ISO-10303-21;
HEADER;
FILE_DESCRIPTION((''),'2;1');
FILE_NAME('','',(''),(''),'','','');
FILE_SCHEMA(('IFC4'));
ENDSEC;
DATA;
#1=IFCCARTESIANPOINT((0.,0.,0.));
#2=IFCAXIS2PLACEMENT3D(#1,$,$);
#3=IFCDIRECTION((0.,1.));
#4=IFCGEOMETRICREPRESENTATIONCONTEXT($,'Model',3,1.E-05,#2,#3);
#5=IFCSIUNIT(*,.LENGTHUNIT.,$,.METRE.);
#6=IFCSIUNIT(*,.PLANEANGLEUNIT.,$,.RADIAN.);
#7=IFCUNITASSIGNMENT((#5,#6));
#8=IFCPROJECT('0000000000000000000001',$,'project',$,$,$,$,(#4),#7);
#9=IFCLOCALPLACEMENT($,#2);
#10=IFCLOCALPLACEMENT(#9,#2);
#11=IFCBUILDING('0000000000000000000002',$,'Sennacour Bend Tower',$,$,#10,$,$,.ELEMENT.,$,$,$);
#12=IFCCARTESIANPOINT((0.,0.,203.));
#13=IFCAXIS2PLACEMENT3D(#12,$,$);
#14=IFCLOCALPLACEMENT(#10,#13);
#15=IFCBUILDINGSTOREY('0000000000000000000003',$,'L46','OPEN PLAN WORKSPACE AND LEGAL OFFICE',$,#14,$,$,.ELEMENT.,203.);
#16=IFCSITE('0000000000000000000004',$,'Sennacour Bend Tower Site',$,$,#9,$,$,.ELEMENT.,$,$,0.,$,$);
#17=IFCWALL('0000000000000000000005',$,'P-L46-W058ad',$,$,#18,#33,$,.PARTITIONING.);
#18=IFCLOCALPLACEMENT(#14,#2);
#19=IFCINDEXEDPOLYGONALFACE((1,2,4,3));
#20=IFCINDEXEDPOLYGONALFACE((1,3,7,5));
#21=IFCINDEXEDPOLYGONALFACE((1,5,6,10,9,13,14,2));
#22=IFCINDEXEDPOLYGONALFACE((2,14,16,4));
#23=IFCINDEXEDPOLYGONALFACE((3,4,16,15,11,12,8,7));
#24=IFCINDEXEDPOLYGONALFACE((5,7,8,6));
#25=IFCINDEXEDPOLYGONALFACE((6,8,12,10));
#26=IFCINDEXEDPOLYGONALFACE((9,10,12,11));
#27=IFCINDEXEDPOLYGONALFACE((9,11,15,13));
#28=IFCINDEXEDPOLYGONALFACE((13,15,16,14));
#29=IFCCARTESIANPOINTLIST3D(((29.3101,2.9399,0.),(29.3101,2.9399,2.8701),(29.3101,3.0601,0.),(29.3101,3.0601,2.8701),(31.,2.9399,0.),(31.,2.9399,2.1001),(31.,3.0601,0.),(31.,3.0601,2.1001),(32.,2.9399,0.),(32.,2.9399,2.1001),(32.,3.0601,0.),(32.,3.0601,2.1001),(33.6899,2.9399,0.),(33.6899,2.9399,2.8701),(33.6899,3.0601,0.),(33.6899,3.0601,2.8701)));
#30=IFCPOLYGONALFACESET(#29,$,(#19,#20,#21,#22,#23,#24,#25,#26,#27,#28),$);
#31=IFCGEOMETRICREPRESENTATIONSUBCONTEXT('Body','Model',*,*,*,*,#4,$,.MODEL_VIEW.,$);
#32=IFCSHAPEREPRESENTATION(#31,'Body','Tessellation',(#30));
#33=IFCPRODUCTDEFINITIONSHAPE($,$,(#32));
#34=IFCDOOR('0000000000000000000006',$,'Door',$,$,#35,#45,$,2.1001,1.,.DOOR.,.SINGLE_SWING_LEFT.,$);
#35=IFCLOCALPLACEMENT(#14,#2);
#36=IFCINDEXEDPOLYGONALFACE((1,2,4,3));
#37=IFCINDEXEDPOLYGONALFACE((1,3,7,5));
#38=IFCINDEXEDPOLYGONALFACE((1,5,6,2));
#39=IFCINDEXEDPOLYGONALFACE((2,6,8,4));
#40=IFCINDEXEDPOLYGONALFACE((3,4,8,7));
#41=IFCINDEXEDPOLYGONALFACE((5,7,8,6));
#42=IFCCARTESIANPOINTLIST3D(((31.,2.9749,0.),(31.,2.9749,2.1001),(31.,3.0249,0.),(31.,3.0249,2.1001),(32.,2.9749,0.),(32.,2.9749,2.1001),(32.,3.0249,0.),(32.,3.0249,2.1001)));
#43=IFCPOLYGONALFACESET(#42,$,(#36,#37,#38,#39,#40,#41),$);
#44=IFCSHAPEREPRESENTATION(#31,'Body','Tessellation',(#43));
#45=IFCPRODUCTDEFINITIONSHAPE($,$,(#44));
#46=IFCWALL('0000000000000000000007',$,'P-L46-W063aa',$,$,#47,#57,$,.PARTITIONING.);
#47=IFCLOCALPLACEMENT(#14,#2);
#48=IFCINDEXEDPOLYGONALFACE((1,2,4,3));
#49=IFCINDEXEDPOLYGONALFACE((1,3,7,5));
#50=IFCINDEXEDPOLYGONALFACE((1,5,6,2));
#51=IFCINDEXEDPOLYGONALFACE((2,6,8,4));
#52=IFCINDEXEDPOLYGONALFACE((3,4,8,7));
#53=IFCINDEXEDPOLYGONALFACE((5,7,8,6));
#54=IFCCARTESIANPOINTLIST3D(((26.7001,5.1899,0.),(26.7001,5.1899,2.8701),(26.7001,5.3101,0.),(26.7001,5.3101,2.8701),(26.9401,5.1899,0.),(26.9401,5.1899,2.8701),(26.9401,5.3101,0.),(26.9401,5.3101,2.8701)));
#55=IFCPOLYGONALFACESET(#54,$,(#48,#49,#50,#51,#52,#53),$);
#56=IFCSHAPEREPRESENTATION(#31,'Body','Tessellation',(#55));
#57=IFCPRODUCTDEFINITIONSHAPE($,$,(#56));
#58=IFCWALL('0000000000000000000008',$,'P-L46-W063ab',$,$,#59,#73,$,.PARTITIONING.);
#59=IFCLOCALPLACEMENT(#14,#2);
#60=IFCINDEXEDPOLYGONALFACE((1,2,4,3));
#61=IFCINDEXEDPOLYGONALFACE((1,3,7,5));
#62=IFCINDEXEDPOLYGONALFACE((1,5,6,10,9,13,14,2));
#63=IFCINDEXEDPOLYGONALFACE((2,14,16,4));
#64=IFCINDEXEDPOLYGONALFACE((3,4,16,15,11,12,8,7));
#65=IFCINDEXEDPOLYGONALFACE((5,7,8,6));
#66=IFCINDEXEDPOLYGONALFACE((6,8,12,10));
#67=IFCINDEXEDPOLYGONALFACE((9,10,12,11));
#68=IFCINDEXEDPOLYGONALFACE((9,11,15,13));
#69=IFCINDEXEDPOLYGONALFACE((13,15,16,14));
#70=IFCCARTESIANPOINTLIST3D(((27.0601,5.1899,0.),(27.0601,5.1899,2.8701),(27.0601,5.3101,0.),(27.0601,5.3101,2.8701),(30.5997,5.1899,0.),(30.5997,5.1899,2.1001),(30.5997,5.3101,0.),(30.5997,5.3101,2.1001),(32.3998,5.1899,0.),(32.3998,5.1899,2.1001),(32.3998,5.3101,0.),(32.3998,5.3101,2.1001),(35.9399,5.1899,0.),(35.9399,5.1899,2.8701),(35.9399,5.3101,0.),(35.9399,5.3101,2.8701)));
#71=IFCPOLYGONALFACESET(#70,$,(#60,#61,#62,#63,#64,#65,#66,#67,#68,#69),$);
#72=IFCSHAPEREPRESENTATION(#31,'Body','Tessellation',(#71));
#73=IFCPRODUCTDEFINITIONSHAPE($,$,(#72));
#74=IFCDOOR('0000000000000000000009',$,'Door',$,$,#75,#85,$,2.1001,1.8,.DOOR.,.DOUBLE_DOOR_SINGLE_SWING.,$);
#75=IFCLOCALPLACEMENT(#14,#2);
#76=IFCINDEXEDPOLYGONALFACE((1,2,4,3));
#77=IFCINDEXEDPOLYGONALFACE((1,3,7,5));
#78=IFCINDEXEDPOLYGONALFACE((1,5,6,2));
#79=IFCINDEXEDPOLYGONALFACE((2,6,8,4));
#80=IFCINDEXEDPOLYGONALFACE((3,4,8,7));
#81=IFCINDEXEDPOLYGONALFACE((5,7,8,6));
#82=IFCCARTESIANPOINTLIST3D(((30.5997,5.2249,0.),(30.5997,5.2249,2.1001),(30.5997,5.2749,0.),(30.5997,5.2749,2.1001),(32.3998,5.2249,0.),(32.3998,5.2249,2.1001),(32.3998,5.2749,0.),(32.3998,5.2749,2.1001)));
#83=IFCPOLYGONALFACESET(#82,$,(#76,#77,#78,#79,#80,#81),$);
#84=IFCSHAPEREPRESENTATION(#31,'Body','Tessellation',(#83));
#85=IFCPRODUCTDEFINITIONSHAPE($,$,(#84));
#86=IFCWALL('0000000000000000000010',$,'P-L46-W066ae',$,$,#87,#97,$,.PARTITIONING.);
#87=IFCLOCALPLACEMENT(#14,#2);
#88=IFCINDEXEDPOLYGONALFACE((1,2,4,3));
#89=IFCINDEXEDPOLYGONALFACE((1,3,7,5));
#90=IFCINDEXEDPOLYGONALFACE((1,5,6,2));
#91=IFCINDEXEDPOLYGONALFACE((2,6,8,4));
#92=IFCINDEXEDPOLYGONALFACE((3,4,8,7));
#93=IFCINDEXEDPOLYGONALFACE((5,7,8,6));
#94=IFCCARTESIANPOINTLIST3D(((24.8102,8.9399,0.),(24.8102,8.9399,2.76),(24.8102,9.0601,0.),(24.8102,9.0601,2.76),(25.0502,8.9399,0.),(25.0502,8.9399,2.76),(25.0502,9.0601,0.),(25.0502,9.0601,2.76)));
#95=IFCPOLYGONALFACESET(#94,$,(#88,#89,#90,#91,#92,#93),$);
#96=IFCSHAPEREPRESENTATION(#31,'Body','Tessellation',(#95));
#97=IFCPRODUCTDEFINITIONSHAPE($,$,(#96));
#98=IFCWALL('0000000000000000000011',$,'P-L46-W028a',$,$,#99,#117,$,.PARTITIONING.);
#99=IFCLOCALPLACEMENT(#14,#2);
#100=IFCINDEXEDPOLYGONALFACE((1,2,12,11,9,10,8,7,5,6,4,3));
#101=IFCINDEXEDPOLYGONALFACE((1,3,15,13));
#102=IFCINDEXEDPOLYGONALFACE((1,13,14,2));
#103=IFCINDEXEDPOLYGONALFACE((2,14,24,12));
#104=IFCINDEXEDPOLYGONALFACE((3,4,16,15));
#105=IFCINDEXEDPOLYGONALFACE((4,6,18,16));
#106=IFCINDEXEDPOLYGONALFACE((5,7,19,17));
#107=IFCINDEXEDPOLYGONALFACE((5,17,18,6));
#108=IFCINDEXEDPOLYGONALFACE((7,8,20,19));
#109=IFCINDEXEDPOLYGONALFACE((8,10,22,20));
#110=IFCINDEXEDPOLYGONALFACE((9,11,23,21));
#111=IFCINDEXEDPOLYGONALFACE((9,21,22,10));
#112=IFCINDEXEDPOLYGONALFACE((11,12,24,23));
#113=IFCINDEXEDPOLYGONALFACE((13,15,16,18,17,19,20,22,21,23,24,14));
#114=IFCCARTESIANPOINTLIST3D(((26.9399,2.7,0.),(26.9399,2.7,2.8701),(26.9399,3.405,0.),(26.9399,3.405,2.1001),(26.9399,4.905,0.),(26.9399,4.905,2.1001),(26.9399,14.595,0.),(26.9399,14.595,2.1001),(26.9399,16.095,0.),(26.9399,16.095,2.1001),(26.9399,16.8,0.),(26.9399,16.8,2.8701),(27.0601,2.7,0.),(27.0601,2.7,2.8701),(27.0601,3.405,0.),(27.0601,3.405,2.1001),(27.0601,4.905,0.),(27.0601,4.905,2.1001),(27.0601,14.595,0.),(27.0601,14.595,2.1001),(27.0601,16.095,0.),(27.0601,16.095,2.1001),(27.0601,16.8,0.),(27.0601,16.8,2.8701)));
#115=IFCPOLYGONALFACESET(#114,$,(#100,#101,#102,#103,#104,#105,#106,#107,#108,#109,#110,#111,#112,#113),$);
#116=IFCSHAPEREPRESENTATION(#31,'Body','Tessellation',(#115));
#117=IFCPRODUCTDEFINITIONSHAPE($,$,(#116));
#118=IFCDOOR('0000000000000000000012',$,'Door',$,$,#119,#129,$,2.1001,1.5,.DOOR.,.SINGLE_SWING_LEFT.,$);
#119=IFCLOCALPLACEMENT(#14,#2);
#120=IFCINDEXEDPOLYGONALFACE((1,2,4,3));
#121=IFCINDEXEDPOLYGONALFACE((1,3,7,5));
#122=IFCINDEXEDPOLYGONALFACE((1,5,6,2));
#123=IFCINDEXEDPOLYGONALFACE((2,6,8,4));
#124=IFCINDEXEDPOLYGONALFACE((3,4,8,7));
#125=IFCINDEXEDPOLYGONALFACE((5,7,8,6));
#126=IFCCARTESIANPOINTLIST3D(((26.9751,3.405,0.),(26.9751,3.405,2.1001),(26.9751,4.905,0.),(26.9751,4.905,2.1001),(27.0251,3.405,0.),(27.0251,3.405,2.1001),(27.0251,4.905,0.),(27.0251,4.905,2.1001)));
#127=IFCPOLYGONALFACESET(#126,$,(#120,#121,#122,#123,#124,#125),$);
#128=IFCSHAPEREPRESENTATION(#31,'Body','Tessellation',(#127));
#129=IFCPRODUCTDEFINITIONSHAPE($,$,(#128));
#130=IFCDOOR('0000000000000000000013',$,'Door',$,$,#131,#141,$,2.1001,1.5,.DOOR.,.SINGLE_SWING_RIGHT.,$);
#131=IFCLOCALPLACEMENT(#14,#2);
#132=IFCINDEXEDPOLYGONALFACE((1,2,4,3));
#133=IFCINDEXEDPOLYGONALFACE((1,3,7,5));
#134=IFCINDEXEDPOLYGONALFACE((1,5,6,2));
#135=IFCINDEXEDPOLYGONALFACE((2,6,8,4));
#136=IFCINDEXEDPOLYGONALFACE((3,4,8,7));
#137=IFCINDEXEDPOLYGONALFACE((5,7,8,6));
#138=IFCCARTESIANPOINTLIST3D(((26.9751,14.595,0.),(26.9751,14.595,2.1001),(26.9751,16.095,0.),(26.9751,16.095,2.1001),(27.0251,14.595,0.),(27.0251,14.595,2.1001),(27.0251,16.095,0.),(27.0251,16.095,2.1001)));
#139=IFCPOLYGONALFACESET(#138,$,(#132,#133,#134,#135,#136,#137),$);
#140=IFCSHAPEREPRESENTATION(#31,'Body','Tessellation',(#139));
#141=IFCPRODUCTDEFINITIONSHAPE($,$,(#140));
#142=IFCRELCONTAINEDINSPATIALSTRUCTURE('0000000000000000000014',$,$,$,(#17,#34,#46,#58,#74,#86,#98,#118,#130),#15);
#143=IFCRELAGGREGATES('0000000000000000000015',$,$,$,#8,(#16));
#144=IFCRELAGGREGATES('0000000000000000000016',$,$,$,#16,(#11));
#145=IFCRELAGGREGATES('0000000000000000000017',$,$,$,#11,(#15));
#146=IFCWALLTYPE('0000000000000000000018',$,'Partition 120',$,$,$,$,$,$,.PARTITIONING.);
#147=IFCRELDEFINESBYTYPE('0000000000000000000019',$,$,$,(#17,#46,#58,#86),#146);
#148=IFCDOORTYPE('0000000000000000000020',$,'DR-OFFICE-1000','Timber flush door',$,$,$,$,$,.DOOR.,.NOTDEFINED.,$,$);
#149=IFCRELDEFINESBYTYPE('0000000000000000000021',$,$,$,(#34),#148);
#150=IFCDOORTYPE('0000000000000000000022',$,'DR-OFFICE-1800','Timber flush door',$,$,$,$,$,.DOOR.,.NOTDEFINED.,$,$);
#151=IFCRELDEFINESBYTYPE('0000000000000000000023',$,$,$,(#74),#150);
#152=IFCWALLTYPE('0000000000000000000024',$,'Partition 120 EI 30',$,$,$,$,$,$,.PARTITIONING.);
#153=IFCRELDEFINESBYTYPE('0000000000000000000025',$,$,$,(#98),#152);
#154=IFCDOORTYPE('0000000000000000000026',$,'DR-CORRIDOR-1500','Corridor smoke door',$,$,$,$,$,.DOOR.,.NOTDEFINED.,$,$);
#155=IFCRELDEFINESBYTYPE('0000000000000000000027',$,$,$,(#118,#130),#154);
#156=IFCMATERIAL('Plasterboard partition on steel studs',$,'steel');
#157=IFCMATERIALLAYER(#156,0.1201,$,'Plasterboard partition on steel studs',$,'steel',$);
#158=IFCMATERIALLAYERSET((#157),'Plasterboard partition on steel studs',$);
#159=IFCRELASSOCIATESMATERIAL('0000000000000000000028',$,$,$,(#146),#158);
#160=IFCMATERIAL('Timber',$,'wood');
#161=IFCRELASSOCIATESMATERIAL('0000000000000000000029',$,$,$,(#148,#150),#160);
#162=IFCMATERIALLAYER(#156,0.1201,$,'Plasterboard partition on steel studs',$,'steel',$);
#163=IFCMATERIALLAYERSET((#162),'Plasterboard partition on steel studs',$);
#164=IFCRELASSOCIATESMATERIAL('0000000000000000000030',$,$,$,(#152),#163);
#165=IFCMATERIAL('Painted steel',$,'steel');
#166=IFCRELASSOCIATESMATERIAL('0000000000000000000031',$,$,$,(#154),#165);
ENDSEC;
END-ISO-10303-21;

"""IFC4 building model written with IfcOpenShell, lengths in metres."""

from ifc_helpers import new_model, si_unit, direction, frame, frame_2d, origin, place, context, subcontext, project, spatial, rectangle, extrude, material, layer, layer_set, type_object, element, fill, save


model = new_model("IFC4")

# Units and contexts
model_context = context("Model", 3, precision=1e-05, world=origin(), true_north=direction((0.0, 1.0)))
body_context = subcontext(model_context, "Body", "Model", "MODEL_VIEW")
ifc_project = project(units=[si_unit("LENGTHUNIT", "METRE"), si_unit("PLANEANGLEUNIT", "RADIAN")], contexts=[model_context])

# Site, building, storey
site_placement = place(None, origin())
site = spatial("IfcSite", under=ifc_project, at=site_placement, Name="Sennacour Bend Tower Site", CompositionType="ELEMENT", RefElevation=0.0)
building_placement = place(site_placement, origin())
building = spatial("IfcBuilding", under=site, at=building_placement, Name="Sennacour Bend Tower", CompositionType="ELEMENT")
storey_placement = place(building_placement, frame((0.0, 0.0, 203.0)))
storey = spatial("IfcBuildingStorey", under=building, at=storey_placement, Name="L46", Description="OPEN PLAN WORKSPACE AND LEGAL OFFICE", CompositionType="ELEMENT", Elevation=203.0)

# Shared definitions
ifc_material_1 = material(Name="Plasterboard partition on steel studs", Category="steel")
ifc_layer_1 = layer(ifc_material_1, 0.1201, Name="Plasterboard partition on steel studs", Category="steel")
ifc_layer_set_1 = layer_set([ifc_layer_1], Name="Plasterboard partition on steel studs")
wall_type_1 = type_object("IfcWallType", Name="Partition 120", PredefinedType="PARTITIONING", material=ifc_layer_set_1)

# Wall, opening, door
ifc_material_2 = material(Name="Timber", Category="wood")
door_type_1 = type_object("IfcDoorType", Name="DR-OFFICE-1000", Description="Timber flush door", OperationType="NOTDEFINED", PredefinedType="DOOR", material=ifc_material_2)
wall_1_placement = place(storey_placement, frame((29.3101, 3.0, 0.0), z_axis=(0.0, 0.0, 1.0), x_axis=(1.0, 0.0, 0.0)))
wall_1 = element("IfcWall", 1, at=wall_1_placement, inside=storey, type_object=wall_type_1, Name="P-L46-W058ad", PredefinedType="PARTITIONING", context=body_context, shape_type="SweptSolid", body=[
    extrude(rectangle(XDim=4.3799, YDim=0.1201, at=frame_2d((2.1899, 0.0))), origin(), (0.0, 0.0, 1.0), 2.8701),
])
opening_1_placement = place(wall_1_placement, frame((1.6899, 0.0, 0.0)))
opening_1 = element("IfcOpeningElement", 2, at=opening_1_placement, cuts=wall_1, PredefinedType="OPENING", context=body_context, shape_type="SweptSolid", body=[
    extrude(rectangle(XDim=1.0, YDim=2.1001, at=frame_2d((0.5, 1.05))), frame((0.0, 0.0701, 0.0), z_axis=(0.0, -1.0, 0.0), x_axis=(1.0, 0.0, 0.0)), (0.0, 0.0, 1.0), 0.1401),
])
door_1_placement = place(opening_1_placement, origin())
door_1 = element("IfcDoor", 3, at=door_1_placement, inside=storey, type_object=door_type_1, Name="Door", OperationType="SINGLE_SWING_LEFT", OverallHeight=2.1001, OverallWidth=1.0, PredefinedType="DOOR", context=body_context, shape_type="SweptSolid", body=[
    extrude(rectangle(XDim=1.0, YDim=2.1001, at=frame_2d((0.5, 1.05))), frame((0.0, 0.0249, 0.0), z_axis=(0.0, -1.0, 0.0), x_axis=(1.0, 0.0, 0.0)), (0.0, 0.0, 1.0), 0.05),
])
fill(opening_1, door_1)

# Wall
wall_2_placement = place(storey_placement, frame((26.7, 5.25, 0.0), z_axis=(0.0, 0.0, 1.0), x_axis=(1.0, 0.0, 0.0)))
element("IfcWall", 4, at=wall_2_placement, inside=storey, type_object=wall_type_1, Name="P-L46-W063aa", PredefinedType="PARTITIONING", context=body_context, shape_type="SweptSolid", body=[
    extrude(rectangle(XDim=0.24, YDim=0.1201, at=frame_2d((0.1201, 0.0))), origin(), (0.0, 0.0, 1.0), 2.8701),
])

# Wall, opening, door
wall_3_placement = place(storey_placement, frame((27.0601, 5.25, 0.0), z_axis=(0.0, 0.0, 1.0), x_axis=(1.0, 0.0, 0.0)))
wall_3 = element("IfcWall", 5, at=wall_3_placement, inside=storey, type_object=wall_type_1, Name="P-L46-W063ab", PredefinedType="PARTITIONING", context=body_context, shape_type="SweptSolid", body=[
    extrude(rectangle(XDim=8.8799, YDim=0.1201, at=frame_2d((4.4399, 0.0))), origin(), (0.0, 0.0, 1.0), 2.8701),
])
opening_2_placement = place(wall_3_placement, frame((3.5398, 0.0, 0.0)))
opening_2 = element("IfcOpeningElement", 6, at=opening_2_placement, cuts=wall_3, PredefinedType="OPENING", context=body_context, shape_type="SweptSolid", body=[
    extrude(rectangle(XDim=1.8, YDim=2.1001, at=frame_2d((0.8999, 1.05))), frame((0.0, 0.0701, 0.0), z_axis=(0.0, -1.0, 0.0), x_axis=(1.0, 0.0, 0.0)), (0.0, 0.0, 1.0), 0.1401),
])
door_type_2 = type_object("IfcDoorType", Name="DR-OFFICE-1800", Description="Timber flush door", OperationType="NOTDEFINED", PredefinedType="DOOR", material=ifc_material_2)
door_2_placement = place(opening_2_placement, origin())
door_2 = element("IfcDoor", 7, at=door_2_placement, inside=storey, type_object=door_type_2, Name="Door", OperationType="DOUBLE_DOOR_SINGLE_SWING", OverallHeight=2.1001, OverallWidth=1.8, PredefinedType="DOOR", context=body_context, shape_type="SweptSolid", body=[
    extrude(rectangle(XDim=1.8, YDim=2.1001, at=frame_2d((0.8999, 1.05))), frame((0.0, 0.0249, 0.0), z_axis=(0.0, -1.0, 0.0), x_axis=(1.0, 0.0, 0.0)), (0.0, 0.0, 1.0), 0.05),
])
fill(opening_2, door_2)

# Wall
wall_4_placement = place(storey_placement, frame((24.8101, 9.0, 0.0), z_axis=(0.0, 0.0, 1.0), x_axis=(1.0, 0.0, 0.0)))
element("IfcWall", 8, at=wall_4_placement, inside=storey, type_object=wall_type_1, Name="P-L46-W066ae", PredefinedType="PARTITIONING", context=body_context, shape_type="SweptSolid", body=[
    extrude(rectangle(XDim=0.24, YDim=0.1201, at=frame_2d((0.1201, 0.0))), origin(), (0.0, 0.0, 1.0), 2.76),
])

# Wall, openings, doors
ifc_layer_2 = layer(ifc_material_1, 0.1201, Name="Plasterboard partition on steel studs", Category="steel")
ifc_layer_set_2 = layer_set([ifc_layer_2], Name="Plasterboard partition on steel studs")
wall_type_2 = type_object("IfcWallType", Name="Partition 120 EI 30", PredefinedType="PARTITIONING", material=ifc_layer_set_2)
wall_5_placement = place(storey_placement, frame((27.0, 2.7, 0.0), z_axis=(0.0, 0.0, 1.0), x_axis=(0.0, 1.0, 0.0)))
wall_5 = element("IfcWall", 9, at=wall_5_placement, inside=storey, type_object=wall_type_2, Name="P-L46-W028a", PredefinedType="PARTITIONING", context=body_context, shape_type="SweptSolid", body=[
    extrude(rectangle(XDim=14.1001, YDim=0.1201, at=frame_2d((7.05, 0.0))), origin(), (0.0, 0.0, 1.0), 2.8701),
])
opening_3_placement = place(wall_5_placement, frame((0.7051, 0.0, 0.0)))
opening_3 = element("IfcOpeningElement", 10, at=opening_3_placement, cuts=wall_5, PredefinedType="OPENING", context=body_context, shape_type="SweptSolid", body=[
    extrude(rectangle(XDim=1.5, YDim=2.1001, at=frame_2d((0.75, 1.05))), frame((0.0, 0.0701, 0.0), z_axis=(0.0, -1.0, 0.0), x_axis=(1.0, 0.0, 0.0)), (0.0, 0.0, 1.0), 0.1401),
])
opening_4_placement = place(wall_5_placement, frame((11.895, 0.0, 0.0)))
opening_4 = element("IfcOpeningElement", 11, at=opening_4_placement, cuts=wall_5, PredefinedType="OPENING", context=body_context, shape_type="SweptSolid", body=[
    extrude(rectangle(XDim=1.5, YDim=2.1001, at=frame_2d((0.75, 1.05))), frame((0.0, 0.0701, 0.0), z_axis=(0.0, -1.0, 0.0), x_axis=(1.0, 0.0, 0.0)), (0.0, 0.0, 1.0), 0.1401),
])
ifc_material_3 = material(Name="Painted steel", Category="steel")
door_type_3 = type_object("IfcDoorType", Name="DR-CORRIDOR-1500", Description="Corridor smoke door", OperationType="NOTDEFINED", PredefinedType="DOOR", material=ifc_material_3)
door_3_placement = place(opening_3_placement, origin())
door_3 = element("IfcDoor", 12, at=door_3_placement, inside=storey, type_object=door_type_3, Name="Door", OperationType="SINGLE_SWING_LEFT", OverallHeight=2.1001, OverallWidth=1.5, PredefinedType="DOOR", context=body_context, shape_type="SweptSolid", body=[
    extrude(rectangle(XDim=1.5, YDim=2.1001, at=frame_2d((0.75, 1.05))), frame((0.0, 0.0249, 0.0), z_axis=(0.0, -1.0, 0.0), x_axis=(1.0, 0.0, 0.0)), (0.0, 0.0, 1.0), 0.05),
])
fill(opening_3, door_3)
door_4_placement = place(opening_4_placement, origin())
door_4 = element("IfcDoor", 13, at=door_4_placement, inside=storey, type_object=door_type_3, Name="Door", OperationType="SINGLE_SWING_RIGHT", OverallHeight=2.1001, OverallWidth=1.5, PredefinedType="DOOR", context=body_context, shape_type="SweptSolid", body=[
    extrude(rectangle(XDim=1.5, YDim=2.1001, at=frame_2d((0.75, 1.05))), frame((0.0, 0.0249, 0.0), z_axis=(0.0, -1.0, 0.0), x_axis=(1.0, 0.0, 0.0)), (0.0, 0.0, 1.0), 0.05),
])
fill(opening_4, door_4)

save(model, "model.ifc")
